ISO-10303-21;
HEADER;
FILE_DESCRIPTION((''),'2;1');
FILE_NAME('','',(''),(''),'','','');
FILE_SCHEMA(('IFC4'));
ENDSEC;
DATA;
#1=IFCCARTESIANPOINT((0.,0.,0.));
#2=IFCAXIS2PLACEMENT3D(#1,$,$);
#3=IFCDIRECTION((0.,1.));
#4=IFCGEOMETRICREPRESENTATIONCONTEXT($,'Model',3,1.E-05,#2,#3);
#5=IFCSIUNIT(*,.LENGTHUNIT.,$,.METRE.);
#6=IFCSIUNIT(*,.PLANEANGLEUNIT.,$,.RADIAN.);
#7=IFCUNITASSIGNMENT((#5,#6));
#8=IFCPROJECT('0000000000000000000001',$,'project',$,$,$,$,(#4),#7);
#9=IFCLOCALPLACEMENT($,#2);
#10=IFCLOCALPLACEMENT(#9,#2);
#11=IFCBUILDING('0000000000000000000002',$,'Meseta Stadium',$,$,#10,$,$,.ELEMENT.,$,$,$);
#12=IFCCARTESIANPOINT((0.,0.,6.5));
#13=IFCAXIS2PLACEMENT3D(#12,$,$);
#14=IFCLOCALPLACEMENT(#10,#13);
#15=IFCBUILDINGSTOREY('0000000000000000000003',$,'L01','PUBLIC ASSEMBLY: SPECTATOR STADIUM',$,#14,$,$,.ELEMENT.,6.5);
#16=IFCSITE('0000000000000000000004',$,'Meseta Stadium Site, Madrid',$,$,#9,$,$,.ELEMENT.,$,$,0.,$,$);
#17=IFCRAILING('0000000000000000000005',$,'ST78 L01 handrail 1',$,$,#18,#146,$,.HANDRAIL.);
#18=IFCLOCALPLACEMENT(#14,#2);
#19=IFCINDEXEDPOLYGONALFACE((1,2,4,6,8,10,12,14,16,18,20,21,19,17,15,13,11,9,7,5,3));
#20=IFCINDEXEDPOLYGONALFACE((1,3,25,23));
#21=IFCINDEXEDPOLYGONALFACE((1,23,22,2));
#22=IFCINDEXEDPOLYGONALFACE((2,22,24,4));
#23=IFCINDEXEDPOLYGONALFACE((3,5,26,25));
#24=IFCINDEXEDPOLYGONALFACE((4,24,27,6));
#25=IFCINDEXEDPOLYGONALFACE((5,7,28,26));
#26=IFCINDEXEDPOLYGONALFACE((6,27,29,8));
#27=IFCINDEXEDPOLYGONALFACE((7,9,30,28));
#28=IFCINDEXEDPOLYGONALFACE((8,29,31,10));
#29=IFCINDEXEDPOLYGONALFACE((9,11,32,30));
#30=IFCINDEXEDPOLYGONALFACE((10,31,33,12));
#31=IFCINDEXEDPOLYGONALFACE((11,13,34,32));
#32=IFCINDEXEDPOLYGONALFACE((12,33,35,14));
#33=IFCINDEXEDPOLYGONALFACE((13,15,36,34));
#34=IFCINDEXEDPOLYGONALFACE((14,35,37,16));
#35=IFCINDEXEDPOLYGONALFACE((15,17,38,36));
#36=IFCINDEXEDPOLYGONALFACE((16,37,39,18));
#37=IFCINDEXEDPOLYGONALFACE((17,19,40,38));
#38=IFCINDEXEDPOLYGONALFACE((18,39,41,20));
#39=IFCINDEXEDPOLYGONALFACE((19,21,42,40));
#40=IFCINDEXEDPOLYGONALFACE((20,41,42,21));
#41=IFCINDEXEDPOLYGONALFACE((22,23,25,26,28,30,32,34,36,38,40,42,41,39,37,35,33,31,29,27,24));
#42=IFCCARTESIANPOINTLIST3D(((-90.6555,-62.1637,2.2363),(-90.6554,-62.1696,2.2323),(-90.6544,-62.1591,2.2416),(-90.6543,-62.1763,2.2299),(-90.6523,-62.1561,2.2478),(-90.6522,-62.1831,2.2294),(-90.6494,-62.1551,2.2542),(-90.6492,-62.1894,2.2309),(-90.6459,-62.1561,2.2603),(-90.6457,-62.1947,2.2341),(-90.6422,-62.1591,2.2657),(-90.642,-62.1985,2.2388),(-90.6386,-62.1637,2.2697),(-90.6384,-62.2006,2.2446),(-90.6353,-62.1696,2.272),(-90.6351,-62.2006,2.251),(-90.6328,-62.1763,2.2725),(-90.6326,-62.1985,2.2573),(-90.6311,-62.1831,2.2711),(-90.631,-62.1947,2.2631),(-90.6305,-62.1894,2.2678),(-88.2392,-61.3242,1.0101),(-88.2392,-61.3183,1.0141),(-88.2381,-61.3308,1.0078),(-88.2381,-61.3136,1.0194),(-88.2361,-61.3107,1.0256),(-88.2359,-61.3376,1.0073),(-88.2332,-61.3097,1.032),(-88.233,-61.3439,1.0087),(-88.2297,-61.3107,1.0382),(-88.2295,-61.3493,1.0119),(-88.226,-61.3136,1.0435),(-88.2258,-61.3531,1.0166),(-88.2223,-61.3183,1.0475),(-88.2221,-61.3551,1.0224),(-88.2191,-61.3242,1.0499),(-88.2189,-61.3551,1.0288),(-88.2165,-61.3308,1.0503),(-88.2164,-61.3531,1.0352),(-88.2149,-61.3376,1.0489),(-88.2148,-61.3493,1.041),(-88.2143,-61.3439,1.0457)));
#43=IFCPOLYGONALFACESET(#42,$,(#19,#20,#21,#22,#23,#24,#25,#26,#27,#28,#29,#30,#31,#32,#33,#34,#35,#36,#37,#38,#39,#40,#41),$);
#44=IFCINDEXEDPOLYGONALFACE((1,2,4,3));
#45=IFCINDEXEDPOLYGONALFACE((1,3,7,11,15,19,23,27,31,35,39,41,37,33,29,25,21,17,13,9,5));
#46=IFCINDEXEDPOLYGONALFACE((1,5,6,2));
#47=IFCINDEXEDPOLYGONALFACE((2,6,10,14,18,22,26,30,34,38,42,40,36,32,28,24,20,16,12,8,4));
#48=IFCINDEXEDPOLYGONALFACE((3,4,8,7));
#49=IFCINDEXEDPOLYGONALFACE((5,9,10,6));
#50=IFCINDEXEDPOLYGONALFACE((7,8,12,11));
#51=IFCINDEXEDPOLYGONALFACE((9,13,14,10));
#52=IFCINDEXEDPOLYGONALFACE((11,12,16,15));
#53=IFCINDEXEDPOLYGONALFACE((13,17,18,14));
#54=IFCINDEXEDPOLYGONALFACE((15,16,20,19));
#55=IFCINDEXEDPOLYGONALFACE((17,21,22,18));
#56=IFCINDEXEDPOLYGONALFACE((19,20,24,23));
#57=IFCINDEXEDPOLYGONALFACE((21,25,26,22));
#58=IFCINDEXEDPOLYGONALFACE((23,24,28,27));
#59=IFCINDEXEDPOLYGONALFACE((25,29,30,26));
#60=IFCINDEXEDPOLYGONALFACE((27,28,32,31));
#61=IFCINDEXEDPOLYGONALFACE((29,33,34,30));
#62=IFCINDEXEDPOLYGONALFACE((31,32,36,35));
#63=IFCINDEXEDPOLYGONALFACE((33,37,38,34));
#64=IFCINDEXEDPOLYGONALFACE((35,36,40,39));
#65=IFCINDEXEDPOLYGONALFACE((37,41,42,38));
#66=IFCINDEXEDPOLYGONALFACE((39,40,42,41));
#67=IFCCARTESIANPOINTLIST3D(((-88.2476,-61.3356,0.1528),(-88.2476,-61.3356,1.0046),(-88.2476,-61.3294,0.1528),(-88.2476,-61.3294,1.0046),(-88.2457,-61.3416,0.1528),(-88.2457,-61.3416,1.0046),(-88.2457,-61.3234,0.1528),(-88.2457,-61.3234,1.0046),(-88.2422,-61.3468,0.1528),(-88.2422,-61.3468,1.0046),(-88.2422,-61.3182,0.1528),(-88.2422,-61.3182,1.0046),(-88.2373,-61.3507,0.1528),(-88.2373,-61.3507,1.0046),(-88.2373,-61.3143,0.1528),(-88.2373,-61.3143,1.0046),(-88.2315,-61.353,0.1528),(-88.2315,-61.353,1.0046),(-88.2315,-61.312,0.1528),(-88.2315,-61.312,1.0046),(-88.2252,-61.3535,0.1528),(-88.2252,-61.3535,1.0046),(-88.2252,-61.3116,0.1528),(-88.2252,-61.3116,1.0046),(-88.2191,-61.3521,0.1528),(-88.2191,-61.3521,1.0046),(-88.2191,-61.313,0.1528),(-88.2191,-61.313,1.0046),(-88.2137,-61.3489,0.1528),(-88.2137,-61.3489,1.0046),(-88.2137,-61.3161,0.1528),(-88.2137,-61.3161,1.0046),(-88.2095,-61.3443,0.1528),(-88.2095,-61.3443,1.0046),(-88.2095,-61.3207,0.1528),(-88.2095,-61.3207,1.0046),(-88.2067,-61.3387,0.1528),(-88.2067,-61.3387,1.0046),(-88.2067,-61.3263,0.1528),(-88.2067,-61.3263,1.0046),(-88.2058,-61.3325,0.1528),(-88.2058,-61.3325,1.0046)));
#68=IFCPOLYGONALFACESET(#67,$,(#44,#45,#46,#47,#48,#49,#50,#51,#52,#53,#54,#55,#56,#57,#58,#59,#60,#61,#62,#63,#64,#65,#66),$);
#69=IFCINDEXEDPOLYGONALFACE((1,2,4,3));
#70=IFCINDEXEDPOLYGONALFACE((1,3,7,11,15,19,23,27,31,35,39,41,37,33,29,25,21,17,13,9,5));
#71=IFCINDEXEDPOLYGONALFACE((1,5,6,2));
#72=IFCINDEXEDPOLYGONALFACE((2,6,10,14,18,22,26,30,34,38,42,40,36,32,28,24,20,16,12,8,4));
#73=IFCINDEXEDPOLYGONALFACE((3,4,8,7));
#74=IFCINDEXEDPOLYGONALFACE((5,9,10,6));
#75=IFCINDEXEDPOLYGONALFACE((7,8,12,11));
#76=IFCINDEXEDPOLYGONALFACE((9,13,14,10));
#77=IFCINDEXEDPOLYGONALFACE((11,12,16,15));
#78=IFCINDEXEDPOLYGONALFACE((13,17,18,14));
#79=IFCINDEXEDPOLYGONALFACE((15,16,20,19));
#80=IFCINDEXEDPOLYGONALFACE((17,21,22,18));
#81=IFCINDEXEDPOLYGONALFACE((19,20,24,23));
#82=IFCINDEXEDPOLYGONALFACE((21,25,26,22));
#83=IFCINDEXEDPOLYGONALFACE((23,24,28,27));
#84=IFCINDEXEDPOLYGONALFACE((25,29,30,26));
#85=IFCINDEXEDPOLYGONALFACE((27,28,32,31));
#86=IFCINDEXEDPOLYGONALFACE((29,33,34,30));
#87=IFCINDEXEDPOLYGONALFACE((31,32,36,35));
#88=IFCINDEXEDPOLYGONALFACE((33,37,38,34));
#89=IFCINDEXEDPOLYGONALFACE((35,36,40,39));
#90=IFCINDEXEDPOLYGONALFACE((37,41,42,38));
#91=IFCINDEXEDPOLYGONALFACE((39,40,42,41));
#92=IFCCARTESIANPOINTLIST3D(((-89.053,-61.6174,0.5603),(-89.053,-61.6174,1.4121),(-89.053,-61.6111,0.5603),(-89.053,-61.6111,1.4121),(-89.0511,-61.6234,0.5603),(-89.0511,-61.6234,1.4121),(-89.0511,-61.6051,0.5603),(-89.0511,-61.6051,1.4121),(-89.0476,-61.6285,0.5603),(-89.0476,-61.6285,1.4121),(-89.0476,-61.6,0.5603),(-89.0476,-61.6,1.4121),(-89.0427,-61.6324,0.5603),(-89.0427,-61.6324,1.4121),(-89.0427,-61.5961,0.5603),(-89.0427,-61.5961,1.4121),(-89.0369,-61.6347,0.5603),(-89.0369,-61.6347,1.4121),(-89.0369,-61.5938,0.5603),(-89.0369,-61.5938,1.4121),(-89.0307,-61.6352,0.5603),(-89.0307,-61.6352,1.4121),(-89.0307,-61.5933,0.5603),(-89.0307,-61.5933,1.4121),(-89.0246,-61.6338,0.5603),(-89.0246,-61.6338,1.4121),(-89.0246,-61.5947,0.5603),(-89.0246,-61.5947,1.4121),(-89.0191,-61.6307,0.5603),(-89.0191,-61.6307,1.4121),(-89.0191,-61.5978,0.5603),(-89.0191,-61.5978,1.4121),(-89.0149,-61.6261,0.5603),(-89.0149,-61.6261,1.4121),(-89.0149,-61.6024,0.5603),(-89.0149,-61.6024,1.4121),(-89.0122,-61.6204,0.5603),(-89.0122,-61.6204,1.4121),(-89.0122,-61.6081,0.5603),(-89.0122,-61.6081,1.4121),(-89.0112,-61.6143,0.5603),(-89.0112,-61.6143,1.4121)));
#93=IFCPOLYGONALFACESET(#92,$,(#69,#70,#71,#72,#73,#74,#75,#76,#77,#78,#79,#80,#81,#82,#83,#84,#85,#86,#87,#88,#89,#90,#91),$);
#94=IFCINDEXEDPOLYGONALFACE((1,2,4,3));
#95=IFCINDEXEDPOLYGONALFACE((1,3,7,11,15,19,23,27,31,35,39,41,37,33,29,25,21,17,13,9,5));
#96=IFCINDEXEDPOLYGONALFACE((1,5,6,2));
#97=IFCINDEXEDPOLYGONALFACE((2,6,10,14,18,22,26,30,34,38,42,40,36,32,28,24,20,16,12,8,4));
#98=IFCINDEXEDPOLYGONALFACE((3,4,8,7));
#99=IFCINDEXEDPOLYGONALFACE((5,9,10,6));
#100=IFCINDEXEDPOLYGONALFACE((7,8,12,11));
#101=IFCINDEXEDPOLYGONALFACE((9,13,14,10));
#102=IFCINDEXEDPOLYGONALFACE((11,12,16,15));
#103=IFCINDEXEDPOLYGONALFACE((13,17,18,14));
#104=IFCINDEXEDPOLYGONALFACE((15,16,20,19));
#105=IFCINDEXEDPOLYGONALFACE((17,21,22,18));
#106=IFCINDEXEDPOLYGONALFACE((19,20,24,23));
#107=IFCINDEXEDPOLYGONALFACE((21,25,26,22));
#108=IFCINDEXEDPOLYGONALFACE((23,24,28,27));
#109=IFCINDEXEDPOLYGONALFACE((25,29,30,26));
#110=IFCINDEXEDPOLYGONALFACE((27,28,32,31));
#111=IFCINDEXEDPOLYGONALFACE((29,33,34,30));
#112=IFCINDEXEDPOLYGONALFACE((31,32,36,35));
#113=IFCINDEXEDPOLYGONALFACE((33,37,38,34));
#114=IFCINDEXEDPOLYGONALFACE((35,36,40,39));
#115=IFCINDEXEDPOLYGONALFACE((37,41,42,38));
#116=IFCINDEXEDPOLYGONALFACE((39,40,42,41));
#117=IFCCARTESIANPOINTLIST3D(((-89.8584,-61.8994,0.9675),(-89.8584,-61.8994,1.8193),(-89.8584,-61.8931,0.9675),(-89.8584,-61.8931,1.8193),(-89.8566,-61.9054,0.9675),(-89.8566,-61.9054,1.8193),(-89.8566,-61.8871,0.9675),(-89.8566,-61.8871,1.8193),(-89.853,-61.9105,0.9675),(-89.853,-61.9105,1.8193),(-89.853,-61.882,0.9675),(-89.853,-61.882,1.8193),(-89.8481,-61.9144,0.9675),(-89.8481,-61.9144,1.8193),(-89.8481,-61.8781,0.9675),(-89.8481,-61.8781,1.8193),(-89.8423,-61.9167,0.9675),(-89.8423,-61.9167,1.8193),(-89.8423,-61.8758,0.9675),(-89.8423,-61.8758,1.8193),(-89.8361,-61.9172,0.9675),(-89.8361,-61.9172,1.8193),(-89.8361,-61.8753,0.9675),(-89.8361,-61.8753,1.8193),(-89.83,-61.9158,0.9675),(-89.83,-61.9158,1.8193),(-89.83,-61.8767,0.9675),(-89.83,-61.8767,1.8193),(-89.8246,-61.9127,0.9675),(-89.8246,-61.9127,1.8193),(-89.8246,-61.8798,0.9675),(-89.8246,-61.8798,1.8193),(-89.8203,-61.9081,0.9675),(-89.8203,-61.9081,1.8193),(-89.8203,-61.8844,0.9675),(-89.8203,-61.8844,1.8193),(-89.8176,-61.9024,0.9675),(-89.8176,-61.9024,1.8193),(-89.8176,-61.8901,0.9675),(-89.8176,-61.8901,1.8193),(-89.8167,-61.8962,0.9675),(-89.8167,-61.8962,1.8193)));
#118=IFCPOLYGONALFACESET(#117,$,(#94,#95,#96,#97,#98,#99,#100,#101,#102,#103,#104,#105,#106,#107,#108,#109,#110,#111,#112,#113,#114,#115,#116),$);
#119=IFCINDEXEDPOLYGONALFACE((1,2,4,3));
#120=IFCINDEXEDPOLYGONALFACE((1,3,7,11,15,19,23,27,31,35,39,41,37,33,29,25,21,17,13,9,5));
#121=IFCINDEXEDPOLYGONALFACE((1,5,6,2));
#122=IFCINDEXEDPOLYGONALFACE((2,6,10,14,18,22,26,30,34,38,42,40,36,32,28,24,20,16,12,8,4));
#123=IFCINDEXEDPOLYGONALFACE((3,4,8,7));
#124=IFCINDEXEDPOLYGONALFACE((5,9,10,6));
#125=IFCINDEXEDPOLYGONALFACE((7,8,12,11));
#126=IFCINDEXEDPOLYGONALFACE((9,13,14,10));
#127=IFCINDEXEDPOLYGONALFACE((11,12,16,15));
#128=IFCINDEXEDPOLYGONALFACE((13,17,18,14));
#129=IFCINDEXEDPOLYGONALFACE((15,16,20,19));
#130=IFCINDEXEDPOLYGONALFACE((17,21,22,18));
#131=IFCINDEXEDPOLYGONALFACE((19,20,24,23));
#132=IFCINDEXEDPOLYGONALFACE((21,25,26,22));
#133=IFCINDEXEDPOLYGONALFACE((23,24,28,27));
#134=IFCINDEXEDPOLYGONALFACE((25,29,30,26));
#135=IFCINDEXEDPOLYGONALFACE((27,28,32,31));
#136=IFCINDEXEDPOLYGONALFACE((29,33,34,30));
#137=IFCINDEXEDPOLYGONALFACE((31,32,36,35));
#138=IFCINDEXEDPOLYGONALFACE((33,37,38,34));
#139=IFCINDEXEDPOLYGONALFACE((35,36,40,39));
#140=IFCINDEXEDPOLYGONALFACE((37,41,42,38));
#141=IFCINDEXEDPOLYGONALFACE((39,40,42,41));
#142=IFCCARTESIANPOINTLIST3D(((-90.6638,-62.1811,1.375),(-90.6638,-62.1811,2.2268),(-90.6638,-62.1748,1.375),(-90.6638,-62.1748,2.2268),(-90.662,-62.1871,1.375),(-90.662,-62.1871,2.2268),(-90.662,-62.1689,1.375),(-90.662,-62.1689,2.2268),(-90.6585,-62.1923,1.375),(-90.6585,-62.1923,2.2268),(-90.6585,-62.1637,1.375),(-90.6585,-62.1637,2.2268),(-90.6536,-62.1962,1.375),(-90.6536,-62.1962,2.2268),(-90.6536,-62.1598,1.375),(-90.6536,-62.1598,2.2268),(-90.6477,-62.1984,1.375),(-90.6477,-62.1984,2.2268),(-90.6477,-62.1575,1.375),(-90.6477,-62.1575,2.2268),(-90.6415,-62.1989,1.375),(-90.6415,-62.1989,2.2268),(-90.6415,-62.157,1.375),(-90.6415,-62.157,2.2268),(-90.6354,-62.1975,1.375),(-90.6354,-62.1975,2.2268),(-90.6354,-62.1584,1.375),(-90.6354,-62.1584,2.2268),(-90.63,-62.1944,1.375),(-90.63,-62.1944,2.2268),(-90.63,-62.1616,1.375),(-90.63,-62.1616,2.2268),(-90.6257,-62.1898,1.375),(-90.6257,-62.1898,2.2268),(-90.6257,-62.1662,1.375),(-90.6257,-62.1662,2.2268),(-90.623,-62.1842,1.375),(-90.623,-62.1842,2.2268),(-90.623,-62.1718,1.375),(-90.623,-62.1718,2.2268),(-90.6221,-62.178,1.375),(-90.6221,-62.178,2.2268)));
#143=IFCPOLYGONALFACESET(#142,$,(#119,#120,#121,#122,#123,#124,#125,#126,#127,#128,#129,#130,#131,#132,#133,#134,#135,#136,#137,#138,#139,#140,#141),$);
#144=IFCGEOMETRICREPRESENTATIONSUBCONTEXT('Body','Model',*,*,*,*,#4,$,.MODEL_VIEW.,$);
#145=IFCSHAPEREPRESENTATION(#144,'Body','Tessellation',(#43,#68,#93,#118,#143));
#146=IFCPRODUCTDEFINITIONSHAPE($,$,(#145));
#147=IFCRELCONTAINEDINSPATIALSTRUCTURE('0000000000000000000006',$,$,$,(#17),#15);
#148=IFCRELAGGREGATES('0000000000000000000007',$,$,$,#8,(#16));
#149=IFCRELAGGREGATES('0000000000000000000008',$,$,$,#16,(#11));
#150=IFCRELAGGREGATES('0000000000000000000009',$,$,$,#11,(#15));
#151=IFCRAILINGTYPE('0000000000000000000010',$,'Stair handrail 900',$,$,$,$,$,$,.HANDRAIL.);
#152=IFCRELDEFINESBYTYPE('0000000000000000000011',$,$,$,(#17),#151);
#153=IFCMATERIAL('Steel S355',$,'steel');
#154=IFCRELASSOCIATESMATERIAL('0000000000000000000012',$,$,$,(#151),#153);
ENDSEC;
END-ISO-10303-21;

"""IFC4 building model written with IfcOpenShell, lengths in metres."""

from ifc_helpers import new_model, si_unit, direction, frame, origin, origin_2d, place, context, subcontext, project, spatial, circle, extrude, material, type_object, element, save


model = new_model("IFC4")

# Units and contexts
model_context = context("Model", 3, precision=1e-05, world=origin(), true_north=direction((0.0, 1.0)))
body_context = subcontext(model_context, "Body", "Model", "MODEL_VIEW")
ifc_project = project(units=[si_unit("LENGTHUNIT", "METRE"), si_unit("PLANEANGLEUNIT", "RADIAN")], contexts=[model_context])

# Site, building, storey
site_placement = place(None, origin())
site = spatial("IfcSite", under=ifc_project, at=site_placement, Name="Meseta Stadium Site, Madrid", CompositionType="ELEMENT", RefElevation=0.0)
building_placement = place(site_placement, origin())
building = spatial("IfcBuilding", under=site, at=building_placement, Name="Meseta Stadium", CompositionType="ELEMENT")
storey_placement = place(building_placement, frame((0.0, 0.0, 6.5)))
storey = spatial("IfcBuildingStorey", under=building, at=storey_placement, Name="L01", Description="PUBLIC ASSEMBLY: SPECTATOR STADIUM", CompositionType="ELEMENT", Elevation=6.5)

# Railing
ifc_material_1 = material(Name="Steel S355", Category="steel")
railing_type_1 = type_object("IfcRailingType", Name="Stair handrail 900", PredefinedType="HANDRAIL", material=ifc_material_1)
for number, where, name in (
    (1, (-88.2268, -61.3325, 0.1528), "ST78 L01 handrail 1"),
):
    element("IfcRailing", number, at=place(storey_placement, frame(where)), inside=storey, type_object=railing_type_1, Name=name, PredefinedType="HANDRAIL", context=body_context, shape_type="SweptSolid", body=[
        extrude(circle(Radius=0.0239, at=origin_2d()), frame((0.0, 0.0, 0.876), z_axis=(-0.851789, -0.298044, 0.430843), x_axis=(0.33027, -0.943887, 0.0)), (0.0, 0.0, 1.0), 2.8367),
        extrude(circle(Radius=0.021, at=origin_2d()), origin(), (0.0, 0.0, 1.0), 0.8518),
        extrude(circle(Radius=0.021, at=origin_2d()), frame((-0.8054, -0.2817, 0.4075)), (0.0, 0.0, 1.0), 0.8518),
        extrude(circle(Radius=0.021, at=origin_2d()), frame((-1.6108, -0.5637, 0.8147)), (0.0, 0.0, 1.0), 0.8518),
        extrude(circle(Radius=0.021, at=origin_2d()), frame((-2.4163, -0.8455, 1.2222)), (0.0, 0.0, 1.0), 0.8518),
    ])

save(model, "model.ifc")
